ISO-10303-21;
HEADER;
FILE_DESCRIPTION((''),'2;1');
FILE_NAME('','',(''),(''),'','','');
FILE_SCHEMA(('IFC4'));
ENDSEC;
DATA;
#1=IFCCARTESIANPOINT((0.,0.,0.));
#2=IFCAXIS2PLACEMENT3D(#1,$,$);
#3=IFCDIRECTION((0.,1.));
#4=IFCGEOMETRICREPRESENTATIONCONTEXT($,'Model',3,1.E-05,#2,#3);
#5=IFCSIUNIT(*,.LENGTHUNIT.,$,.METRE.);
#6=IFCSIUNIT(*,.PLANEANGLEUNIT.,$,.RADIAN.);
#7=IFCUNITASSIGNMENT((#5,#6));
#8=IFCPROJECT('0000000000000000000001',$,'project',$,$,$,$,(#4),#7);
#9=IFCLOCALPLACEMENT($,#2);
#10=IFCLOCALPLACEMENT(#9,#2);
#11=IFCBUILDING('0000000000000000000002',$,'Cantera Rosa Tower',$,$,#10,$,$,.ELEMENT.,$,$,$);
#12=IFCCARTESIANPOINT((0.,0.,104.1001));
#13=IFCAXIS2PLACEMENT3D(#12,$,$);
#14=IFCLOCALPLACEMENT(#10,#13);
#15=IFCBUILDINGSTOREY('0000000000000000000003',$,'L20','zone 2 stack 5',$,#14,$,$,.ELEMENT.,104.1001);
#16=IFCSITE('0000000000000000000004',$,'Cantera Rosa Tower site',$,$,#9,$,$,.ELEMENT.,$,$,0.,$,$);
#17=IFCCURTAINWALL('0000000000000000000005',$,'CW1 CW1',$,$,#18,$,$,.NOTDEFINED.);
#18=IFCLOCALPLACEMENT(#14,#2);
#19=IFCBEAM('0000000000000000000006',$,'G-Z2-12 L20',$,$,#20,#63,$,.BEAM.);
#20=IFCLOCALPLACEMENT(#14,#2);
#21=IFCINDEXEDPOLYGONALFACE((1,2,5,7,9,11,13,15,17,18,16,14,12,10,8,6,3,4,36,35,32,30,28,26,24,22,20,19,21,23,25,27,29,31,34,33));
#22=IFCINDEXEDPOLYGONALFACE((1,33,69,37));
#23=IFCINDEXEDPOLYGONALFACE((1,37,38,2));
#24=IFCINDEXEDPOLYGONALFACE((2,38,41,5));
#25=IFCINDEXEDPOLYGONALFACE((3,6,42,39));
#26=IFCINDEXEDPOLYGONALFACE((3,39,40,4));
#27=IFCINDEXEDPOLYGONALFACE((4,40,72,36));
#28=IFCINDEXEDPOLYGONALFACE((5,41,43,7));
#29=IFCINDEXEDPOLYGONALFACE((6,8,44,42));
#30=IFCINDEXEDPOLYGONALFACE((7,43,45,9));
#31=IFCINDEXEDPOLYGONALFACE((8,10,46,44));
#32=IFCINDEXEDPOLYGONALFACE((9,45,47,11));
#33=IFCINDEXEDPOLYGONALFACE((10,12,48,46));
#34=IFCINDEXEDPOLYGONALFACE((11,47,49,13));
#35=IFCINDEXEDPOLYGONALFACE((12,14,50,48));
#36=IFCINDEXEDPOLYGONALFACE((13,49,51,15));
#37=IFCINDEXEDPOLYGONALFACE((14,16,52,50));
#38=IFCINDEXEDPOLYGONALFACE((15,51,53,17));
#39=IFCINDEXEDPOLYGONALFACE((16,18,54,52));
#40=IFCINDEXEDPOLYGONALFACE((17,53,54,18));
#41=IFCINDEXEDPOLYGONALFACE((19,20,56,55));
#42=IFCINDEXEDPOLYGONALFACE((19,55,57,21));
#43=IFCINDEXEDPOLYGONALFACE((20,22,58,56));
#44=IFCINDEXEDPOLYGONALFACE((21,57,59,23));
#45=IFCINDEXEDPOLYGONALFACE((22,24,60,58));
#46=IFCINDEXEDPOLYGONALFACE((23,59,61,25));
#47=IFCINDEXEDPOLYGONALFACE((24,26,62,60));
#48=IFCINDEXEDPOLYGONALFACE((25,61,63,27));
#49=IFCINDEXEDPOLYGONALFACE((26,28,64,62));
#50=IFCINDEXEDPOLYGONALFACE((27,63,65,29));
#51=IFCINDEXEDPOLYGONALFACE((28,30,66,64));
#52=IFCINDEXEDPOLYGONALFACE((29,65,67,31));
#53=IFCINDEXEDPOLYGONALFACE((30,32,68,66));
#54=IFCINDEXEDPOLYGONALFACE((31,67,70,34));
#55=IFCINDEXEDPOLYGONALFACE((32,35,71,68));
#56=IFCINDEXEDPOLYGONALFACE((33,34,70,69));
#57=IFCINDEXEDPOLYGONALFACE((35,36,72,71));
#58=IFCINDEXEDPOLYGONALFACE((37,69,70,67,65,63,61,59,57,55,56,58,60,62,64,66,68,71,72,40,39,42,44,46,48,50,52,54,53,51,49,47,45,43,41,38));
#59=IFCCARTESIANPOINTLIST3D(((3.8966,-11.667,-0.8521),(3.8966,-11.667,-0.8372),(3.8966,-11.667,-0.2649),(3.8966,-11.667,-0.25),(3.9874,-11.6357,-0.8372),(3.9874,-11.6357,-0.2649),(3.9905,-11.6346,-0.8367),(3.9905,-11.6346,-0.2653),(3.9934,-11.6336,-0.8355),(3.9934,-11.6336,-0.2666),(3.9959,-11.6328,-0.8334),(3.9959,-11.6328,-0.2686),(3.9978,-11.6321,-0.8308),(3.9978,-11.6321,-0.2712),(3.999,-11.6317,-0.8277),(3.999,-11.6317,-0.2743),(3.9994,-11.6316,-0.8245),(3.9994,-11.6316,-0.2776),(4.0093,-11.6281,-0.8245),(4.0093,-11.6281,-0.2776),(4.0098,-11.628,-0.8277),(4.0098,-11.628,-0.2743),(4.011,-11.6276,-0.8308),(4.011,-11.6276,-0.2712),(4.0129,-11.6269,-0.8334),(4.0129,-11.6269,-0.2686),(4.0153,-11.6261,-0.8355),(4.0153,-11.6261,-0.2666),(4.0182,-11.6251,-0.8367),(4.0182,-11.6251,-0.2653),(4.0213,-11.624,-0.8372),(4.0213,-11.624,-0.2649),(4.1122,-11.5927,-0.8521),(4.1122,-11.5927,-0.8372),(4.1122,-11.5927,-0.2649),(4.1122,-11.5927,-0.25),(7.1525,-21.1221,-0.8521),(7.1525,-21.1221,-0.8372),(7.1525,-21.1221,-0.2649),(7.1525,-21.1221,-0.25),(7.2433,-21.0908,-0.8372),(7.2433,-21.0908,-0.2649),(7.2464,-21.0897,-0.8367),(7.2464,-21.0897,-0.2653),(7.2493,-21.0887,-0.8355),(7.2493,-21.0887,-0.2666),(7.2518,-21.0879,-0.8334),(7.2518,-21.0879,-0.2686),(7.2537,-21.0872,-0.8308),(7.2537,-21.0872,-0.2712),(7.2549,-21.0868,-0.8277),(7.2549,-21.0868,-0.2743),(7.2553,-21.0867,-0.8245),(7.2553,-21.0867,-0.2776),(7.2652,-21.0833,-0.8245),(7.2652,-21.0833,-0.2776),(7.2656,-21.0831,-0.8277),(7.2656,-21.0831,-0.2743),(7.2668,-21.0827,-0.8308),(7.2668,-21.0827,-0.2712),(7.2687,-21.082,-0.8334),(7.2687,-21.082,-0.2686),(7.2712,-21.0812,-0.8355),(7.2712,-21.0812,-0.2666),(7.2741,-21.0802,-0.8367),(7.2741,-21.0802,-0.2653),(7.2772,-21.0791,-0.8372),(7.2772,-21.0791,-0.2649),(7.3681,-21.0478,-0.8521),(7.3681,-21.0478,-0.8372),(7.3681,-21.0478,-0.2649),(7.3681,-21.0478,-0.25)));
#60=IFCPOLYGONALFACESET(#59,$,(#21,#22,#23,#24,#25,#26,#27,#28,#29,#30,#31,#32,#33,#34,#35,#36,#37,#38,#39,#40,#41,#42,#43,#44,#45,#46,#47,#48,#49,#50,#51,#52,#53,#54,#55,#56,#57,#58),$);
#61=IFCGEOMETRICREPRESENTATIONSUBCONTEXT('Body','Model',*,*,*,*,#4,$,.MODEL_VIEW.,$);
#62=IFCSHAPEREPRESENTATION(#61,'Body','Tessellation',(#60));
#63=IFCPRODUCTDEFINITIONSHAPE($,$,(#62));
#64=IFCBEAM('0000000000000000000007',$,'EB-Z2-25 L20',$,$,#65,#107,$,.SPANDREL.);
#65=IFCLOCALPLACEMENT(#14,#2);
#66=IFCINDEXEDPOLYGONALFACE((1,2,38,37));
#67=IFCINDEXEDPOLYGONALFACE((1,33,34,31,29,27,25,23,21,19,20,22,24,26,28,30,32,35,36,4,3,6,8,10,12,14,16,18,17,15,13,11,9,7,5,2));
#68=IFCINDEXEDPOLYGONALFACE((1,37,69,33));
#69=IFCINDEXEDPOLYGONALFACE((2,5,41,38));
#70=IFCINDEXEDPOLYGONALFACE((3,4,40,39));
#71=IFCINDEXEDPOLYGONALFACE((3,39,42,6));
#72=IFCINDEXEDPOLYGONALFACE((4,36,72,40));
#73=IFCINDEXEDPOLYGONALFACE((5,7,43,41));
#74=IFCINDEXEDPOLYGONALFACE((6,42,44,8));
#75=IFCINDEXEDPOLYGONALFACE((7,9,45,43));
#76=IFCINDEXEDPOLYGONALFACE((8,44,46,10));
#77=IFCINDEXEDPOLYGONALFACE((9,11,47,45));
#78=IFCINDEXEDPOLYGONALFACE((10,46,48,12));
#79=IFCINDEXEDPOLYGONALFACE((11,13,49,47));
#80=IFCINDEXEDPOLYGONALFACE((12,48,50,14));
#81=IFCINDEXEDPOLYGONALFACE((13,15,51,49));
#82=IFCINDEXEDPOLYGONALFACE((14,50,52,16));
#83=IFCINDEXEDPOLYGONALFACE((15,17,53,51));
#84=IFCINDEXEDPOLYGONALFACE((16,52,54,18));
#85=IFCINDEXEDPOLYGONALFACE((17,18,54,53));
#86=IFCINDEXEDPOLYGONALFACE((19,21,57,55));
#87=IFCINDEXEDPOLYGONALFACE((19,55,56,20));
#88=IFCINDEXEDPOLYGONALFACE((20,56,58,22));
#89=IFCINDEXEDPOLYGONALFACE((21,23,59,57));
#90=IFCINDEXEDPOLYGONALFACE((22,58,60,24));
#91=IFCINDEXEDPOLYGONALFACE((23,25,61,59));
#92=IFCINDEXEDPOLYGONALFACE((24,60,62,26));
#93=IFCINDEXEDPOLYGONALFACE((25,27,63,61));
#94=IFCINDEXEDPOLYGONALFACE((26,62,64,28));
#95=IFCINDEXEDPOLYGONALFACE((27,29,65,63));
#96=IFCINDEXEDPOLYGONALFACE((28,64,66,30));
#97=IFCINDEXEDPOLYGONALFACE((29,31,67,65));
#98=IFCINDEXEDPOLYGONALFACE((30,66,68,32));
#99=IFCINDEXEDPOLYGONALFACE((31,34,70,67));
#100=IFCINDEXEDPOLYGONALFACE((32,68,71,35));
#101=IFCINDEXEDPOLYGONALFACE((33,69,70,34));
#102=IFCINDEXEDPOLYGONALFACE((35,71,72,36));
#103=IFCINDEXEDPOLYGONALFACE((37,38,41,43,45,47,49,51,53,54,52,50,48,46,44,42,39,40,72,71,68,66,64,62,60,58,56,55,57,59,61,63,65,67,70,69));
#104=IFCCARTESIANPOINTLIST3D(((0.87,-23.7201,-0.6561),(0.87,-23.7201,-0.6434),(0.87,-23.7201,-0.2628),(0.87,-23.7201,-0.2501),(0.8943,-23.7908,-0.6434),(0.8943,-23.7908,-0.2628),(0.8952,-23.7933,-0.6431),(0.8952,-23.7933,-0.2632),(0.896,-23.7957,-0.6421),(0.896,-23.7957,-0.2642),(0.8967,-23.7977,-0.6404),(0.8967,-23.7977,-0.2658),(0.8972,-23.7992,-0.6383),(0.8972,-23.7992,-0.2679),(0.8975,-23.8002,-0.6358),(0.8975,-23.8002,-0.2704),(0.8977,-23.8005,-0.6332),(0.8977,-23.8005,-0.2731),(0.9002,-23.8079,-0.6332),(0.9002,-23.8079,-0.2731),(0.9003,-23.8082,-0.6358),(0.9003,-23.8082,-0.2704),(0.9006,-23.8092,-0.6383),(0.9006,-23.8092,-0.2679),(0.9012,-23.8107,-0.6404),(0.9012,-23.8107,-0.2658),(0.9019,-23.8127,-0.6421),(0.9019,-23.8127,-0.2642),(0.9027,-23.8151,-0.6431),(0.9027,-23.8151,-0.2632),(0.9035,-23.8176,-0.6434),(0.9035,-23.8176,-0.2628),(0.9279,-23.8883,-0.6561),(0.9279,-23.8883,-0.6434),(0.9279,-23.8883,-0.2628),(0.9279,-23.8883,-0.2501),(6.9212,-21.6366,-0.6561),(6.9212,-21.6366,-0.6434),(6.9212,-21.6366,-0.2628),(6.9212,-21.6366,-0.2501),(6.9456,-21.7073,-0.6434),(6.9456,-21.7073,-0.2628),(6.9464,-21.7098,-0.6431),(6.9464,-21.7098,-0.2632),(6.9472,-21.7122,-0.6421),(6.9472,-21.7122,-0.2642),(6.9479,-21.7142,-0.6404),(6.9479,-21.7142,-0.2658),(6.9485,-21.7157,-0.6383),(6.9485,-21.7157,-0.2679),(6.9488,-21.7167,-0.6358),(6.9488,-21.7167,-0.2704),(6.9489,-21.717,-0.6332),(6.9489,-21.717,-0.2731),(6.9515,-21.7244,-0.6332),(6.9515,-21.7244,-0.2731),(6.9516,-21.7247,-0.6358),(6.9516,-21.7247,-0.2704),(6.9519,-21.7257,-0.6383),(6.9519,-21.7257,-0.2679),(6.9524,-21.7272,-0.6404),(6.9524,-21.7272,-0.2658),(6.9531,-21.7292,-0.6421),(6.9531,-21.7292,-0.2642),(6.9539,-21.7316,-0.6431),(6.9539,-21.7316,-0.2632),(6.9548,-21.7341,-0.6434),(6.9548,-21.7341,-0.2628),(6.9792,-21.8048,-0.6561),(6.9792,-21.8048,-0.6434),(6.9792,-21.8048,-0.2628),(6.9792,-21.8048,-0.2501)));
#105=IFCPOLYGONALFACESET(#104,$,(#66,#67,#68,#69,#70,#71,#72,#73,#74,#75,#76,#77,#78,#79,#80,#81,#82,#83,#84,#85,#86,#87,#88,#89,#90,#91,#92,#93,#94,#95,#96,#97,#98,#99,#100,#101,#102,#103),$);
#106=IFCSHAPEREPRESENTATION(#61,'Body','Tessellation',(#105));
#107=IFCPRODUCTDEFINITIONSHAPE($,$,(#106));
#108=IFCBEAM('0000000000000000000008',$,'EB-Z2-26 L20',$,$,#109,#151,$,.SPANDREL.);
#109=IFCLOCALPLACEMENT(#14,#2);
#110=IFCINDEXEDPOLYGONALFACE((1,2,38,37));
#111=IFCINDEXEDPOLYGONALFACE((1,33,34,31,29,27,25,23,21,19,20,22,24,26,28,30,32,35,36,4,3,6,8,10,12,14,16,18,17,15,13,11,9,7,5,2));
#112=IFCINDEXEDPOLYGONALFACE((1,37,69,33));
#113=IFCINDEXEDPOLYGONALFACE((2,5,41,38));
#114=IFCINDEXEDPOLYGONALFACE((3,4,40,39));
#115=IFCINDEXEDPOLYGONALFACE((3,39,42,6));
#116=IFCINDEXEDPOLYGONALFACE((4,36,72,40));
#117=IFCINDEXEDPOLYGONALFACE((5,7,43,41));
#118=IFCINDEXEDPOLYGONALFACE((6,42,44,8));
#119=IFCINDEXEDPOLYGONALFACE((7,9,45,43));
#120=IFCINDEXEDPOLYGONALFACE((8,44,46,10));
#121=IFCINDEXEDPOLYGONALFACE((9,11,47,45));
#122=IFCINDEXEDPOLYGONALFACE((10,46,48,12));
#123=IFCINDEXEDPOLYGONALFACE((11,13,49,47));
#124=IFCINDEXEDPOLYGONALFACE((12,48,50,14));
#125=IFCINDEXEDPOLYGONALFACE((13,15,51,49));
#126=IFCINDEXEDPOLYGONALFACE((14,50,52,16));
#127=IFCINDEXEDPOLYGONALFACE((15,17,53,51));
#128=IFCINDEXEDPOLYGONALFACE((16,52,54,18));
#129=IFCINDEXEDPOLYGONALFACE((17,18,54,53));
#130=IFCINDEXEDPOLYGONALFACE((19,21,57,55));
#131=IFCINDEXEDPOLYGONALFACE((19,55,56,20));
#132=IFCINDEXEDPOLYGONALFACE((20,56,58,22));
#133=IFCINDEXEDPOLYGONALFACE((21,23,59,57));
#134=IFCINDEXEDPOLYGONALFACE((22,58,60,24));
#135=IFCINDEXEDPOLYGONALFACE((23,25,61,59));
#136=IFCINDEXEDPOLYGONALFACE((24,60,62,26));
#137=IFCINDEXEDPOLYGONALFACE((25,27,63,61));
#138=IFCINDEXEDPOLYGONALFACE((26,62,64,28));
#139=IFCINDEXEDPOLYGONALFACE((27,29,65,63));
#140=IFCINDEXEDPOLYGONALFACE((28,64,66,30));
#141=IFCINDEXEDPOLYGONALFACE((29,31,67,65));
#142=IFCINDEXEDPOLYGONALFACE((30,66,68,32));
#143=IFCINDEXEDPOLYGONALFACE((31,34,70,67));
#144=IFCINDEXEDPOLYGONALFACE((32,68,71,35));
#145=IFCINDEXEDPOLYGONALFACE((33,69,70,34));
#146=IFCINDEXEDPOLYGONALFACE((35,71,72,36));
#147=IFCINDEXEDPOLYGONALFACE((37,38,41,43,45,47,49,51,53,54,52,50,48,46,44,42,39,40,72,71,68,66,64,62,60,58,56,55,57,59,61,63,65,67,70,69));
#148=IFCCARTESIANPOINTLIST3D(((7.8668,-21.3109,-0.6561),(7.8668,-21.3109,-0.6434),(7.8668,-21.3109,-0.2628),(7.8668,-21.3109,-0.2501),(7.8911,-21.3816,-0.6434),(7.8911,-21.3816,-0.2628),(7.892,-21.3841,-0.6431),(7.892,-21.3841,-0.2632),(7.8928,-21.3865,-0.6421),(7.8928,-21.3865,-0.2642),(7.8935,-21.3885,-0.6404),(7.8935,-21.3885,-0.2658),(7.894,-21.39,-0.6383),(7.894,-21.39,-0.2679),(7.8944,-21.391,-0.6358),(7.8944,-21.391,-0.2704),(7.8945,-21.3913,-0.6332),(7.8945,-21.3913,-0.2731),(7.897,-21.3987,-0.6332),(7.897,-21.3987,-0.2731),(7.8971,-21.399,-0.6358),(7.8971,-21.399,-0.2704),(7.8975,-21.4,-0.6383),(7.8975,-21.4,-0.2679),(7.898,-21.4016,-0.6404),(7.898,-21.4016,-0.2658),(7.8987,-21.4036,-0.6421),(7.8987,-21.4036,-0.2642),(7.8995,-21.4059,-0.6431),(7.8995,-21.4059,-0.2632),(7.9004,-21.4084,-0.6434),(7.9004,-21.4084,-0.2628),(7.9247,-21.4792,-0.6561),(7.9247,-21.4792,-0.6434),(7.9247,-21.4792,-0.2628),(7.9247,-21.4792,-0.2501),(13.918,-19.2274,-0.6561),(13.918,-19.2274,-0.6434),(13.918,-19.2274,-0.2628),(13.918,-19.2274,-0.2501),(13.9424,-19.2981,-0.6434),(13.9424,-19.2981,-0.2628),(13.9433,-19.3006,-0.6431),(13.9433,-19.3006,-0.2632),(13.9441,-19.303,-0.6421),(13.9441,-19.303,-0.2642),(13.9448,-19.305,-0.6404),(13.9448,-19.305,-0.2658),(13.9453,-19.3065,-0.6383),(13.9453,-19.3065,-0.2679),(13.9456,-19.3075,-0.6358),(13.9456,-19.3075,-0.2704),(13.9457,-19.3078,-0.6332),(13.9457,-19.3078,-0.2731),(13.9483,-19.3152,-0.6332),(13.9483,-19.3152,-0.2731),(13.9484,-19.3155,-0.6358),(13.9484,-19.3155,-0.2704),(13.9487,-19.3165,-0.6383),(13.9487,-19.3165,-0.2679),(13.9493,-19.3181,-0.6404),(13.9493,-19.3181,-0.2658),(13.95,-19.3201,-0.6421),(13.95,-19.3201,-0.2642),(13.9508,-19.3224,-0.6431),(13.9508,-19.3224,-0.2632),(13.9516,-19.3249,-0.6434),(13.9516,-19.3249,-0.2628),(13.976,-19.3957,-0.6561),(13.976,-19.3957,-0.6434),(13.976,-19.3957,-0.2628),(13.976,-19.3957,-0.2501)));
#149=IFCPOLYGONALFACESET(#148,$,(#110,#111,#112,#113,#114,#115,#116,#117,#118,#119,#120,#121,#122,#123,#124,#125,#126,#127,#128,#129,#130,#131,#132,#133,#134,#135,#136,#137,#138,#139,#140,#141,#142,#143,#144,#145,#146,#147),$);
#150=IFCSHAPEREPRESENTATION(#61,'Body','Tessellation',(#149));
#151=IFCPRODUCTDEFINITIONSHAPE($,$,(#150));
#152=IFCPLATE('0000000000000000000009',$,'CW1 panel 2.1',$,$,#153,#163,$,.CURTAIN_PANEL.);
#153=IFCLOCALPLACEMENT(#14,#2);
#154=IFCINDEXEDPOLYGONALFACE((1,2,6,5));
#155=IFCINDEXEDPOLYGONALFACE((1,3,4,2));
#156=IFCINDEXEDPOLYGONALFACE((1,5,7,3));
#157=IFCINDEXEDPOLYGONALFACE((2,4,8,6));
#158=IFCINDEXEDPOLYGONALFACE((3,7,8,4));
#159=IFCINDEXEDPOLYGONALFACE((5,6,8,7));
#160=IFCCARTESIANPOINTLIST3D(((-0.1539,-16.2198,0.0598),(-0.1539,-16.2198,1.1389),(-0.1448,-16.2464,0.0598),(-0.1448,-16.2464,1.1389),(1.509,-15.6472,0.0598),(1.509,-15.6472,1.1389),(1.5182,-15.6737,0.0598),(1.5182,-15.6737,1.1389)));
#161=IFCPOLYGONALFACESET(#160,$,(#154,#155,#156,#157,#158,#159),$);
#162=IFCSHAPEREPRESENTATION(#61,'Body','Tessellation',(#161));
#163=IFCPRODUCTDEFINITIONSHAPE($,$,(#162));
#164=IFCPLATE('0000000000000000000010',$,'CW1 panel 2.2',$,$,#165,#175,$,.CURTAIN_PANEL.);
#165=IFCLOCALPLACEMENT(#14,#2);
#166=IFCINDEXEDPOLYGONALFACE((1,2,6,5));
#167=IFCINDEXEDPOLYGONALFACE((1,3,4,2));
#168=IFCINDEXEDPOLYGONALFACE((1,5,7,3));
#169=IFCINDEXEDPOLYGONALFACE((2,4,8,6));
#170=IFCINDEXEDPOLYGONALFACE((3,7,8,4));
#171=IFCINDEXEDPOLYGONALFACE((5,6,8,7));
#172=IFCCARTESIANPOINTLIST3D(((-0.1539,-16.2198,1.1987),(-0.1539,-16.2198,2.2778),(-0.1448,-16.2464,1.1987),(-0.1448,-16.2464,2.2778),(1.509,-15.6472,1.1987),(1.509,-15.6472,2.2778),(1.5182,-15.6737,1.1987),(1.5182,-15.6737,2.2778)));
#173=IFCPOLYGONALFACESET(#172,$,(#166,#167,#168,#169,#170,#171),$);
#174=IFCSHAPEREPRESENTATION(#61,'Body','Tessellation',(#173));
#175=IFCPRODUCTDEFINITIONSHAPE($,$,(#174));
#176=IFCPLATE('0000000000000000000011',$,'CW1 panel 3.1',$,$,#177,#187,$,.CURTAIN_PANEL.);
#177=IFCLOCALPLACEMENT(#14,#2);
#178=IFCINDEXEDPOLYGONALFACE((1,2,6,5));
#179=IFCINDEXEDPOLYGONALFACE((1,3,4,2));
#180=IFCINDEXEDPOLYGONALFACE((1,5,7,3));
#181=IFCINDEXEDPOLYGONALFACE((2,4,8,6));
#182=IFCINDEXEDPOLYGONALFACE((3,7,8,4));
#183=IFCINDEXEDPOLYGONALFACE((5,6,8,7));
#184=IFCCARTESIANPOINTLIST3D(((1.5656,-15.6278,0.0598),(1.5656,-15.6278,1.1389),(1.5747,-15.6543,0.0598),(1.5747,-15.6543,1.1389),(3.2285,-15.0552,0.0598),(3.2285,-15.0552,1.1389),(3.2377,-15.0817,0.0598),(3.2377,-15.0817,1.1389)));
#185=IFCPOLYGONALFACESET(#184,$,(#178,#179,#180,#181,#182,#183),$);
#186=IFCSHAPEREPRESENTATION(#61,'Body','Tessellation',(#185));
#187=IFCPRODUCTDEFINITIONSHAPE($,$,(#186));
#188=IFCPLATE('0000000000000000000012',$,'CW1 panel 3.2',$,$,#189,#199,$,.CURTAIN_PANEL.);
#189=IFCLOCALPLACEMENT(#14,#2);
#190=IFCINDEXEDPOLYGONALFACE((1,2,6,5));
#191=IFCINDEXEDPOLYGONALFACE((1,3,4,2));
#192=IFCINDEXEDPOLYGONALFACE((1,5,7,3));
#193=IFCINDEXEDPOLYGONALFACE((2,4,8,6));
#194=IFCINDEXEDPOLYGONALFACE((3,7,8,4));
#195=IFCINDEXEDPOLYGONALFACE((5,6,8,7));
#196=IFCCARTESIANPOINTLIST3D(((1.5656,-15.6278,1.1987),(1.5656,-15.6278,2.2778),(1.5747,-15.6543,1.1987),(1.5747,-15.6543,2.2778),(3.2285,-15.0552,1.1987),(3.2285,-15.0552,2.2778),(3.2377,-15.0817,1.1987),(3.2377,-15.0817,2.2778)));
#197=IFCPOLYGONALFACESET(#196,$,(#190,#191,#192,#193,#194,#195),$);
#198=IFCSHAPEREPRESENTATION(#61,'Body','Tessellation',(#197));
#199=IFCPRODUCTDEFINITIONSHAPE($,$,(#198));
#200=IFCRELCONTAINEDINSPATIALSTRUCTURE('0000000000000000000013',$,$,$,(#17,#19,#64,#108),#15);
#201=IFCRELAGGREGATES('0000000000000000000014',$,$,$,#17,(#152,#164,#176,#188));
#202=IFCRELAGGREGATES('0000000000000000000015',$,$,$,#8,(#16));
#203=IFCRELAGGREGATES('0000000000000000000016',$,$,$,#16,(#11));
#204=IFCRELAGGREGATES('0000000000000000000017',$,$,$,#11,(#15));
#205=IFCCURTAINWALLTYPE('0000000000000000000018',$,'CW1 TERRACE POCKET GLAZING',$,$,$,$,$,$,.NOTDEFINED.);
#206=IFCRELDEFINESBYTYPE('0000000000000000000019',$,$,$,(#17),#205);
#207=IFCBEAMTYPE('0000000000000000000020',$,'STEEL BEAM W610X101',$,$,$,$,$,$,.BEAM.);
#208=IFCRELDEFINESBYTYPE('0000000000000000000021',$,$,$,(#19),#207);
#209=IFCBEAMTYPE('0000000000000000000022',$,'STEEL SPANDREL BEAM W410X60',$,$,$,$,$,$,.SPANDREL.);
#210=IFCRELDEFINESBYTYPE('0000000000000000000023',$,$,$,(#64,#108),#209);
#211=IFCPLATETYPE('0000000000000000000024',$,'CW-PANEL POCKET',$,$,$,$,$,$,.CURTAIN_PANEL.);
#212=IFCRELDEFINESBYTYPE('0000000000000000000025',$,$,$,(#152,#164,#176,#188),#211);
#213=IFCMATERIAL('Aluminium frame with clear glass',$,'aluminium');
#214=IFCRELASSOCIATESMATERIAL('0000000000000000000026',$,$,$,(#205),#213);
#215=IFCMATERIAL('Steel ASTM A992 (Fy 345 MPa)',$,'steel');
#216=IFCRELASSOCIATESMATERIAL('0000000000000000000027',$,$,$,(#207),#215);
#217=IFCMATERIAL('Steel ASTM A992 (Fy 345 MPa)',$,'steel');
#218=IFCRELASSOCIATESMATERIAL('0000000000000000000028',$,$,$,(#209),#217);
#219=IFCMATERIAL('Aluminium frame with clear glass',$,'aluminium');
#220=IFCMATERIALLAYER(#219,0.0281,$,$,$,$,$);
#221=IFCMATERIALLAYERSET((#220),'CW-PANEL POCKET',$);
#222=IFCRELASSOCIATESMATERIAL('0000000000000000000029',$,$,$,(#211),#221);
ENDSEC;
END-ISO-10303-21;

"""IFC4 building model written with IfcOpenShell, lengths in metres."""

from ifc_helpers import new_model, si_unit, direction, frame, origin, origin_2d, place, context, subcontext, project, spatial, rectangle, i_section, extrude, material, layer, layer_set, material_profile, profile_set, type_object, element, aggregate, save


model = new_model("IFC4")

# Units and contexts
model_context = context("Model", 3, precision=1e-05, world=origin(), true_north=direction((0.0, 1.0)))
body_context = subcontext(model_context, "Body", "Model", "MODEL_VIEW")
ifc_project = project(units=[si_unit("LENGTHUNIT", "METRE"), si_unit("PLANEANGLEUNIT", "RADIAN")], contexts=[model_context])

# Site, building, storey
site_placement = place(None, origin())
site = spatial("IfcSite", under=ifc_project, at=site_placement, Name="Cantera Rosa Tower site", CompositionType="ELEMENT", RefElevation=0.0)
building_placement = place(site_placement, origin())
building = spatial("IfcBuilding", under=site, at=building_placement, Name="Cantera Rosa Tower", CompositionType="ELEMENT")
storey_placement = place(building_placement, frame((0.0, 0.0, 104.1001)))
storey = spatial("IfcBuildingStorey", under=building, at=storey_placement, Name="L20", Description="zone 2 stack 5", CompositionType="ELEMENT", Elevation=104.1001)

# Curtain wall
ifc_material_1 = material(Name="Aluminium frame with clear glass", Category="aluminium")
curtain_wall_type = type_object("IfcCurtainWallType", Name="CW1 TERRACE POCKET GLAZING", PredefinedType="NOTDEFINED", material=ifc_material_1)
curtain_wall_placement = place(storey_placement, origin())
curtain_wall = element("IfcCurtainWall", 1, at=curtain_wall_placement, inside=storey, type_object=curtain_wall_type, Name="CW1 CW1", PredefinedType="NOTDEFINED")

# Beams
ifc_material_2 = material(Name="Steel ASTM A992 (Fy 345 MPa)", Category="steel")
ifc_material_profile_1 = material_profile(ifc_material_2, i_section(OverallWidth=0.228, OverallDepth=0.6021, WebThickness=0.0105, FlangeThickness=0.0149, FilletRadius=0.0127, at=origin_2d()), Name="W610X101")
ifc_profile_set_1 = profile_set([ifc_material_profile_1], Name="Steel ASTM A992 (Fy 345 MPa)")
beam_type_1 = type_object("IfcBeamType", Name="STEEL BEAM W610X101", PredefinedType="BEAM", material=ifc_profile_set_1)
beam_placement = place(storey_placement, frame((7.2603, -21.085, -0.551), z_axis=(-0.325587, 0.945512, 0.0), x_axis=(-0.945512, -0.325587, 0.0)))
element("IfcBeam", 2, at=beam_placement, inside=storey, type_object=beam_type_1, Name="G-Z2-12 L20", PredefinedType="BEAM", context=body_context, shape_type="SweptSolid", body=[
    extrude(i_section(OverallWidth=0.228, OverallDepth=0.6021, WebThickness=0.0105, FlangeThickness=0.0149, FilletRadius=0.0127, at=origin_2d()), origin(), (0.0, 0.0, 1.0), 10.0),
])
ifc_material_3 = material(Name="Steel ASTM A992 (Fy 345 MPa)", Category="steel")
ifc_material_profile_2 = material_profile(ifc_material_3, i_section(OverallWidth=0.178, OverallDepth=0.406, WebThickness=0.0078, FlangeThickness=0.0127, FilletRadius=0.0103, at=origin_2d()), Name="W410X60")
ifc_profile_set_2 = profile_set([ifc_material_profile_2], Name="Steel ASTM A992 (Fy 345 MPa)")
beam_type_2 = type_object("IfcBeamType", Name="STEEL SPANDREL BEAM W410X60", PredefinedType="SPANDREL", material=ifc_profile_set_2)
for number, where, z_axis, x_axis, name in (
    (3, (0.8989, -23.8042, -0.4531), (0.945524, 0.325551, 0.0), (-0.325551, 0.945524, 0.0), "EB-Z2-25 L20"),
    (4, (7.8958, -21.395, -0.4531), (0.945524, 0.325551, 0.0), (-0.325551, 0.945524, 0.0), "EB-Z2-26 L20"),
):
    element("IfcBeam", number, at=place(storey_placement, frame(where, z_axis=z_axis, x_axis=x_axis)), inside=storey, type_object=beam_type_2, Name=name, PredefinedType="SPANDREL", context=body_context, shape_type="SweptSolid", body=[
        extrude(i_section(OverallWidth=0.178, OverallDepth=0.406, WebThickness=0.0078, FlangeThickness=0.0127, FilletRadius=0.0103, at=origin_2d()), origin(), (0.0, 0.0, 1.0), 6.3999),
    ])

# Plates
ifc_material_4 = material(Name="Aluminium frame with clear glass", Category="aluminium")
ifc_layer_1 = layer(ifc_material_4, 0.0281)
ifc_layer_set_1 = layer_set([ifc_layer_1], Name="CW-PANEL POCKET")
plate_type = type_object("IfcPlateType", Name="CW-PANEL POCKET", PredefinedType="CURTAIN_PANEL", material=ifc_layer_set_1)
plate_1_placement = place(storey_placement, frame((0.6821, -15.9468, 0.0598), z_axis=(0.0, 0.0, 1.0), x_axis=(0.945519, 0.325568, 0.0)))
plate_1 = element("IfcPlate", 5, at=plate_1_placement, type_object=plate_type, Name="CW1 panel 2.1", PredefinedType="CURTAIN_PANEL", context=body_context, shape_type="SweptSolid", body=[
    extrude(rectangle(XDim=1.7588, YDim=0.0281, at=origin_2d()), origin(), (0.0, 0.0, 1.0), 1.0791),
])
plate_2_placement = place(storey_placement, frame((0.6821, -15.9468, 1.1987), z_axis=(0.0, 0.0, 1.0), x_axis=(0.945519, 0.325568, 0.0)))
plate_2 = element("IfcPlate", 6, at=plate_2_placement, type_object=plate_type, Name="CW1 panel 2.2", PredefinedType="CURTAIN_PANEL", context=body_context, shape_type="SweptSolid", body=[
    extrude(rectangle(XDim=1.7588, YDim=0.0281, at=origin_2d()), origin(), (0.0, 0.0, 1.0), 1.0791),
])
plate_3_placement = place(storey_placement, frame((2.4016, -15.3547, 0.0598), z_axis=(0.0, 0.0, 1.0), x_axis=(0.945519, 0.325568, 0.0)))
plate_3 = element("IfcPlate", 7, at=plate_3_placement, type_object=plate_type, Name="CW1 panel 3.1", PredefinedType="CURTAIN_PANEL", context=body_context, shape_type="SweptSolid", body=[
    extrude(rectangle(XDim=1.7588, YDim=0.0281, at=origin_2d()), origin(), (0.0, 0.0, 1.0), 1.0791),
])
plate_4_placement = place(storey_placement, frame((2.4016, -15.3547, 1.1987), z_axis=(0.0, 0.0, 1.0), x_axis=(0.945519, 0.325568, 0.0)))
plate_4 = element("IfcPlate", 8, at=plate_4_placement, type_object=plate_type, Name="CW1 panel 3.2", PredefinedType="CURTAIN_PANEL", context=body_context, shape_type="SweptSolid", body=[
    extrude(rectangle(XDim=1.7588, YDim=0.0281, at=origin_2d()), origin(), (0.0, 0.0, 1.0), 1.0791),
])
aggregate(curtain_wall, [plate_1, plate_2, plate_3, plate_4])

save(model, "model.ifc")
